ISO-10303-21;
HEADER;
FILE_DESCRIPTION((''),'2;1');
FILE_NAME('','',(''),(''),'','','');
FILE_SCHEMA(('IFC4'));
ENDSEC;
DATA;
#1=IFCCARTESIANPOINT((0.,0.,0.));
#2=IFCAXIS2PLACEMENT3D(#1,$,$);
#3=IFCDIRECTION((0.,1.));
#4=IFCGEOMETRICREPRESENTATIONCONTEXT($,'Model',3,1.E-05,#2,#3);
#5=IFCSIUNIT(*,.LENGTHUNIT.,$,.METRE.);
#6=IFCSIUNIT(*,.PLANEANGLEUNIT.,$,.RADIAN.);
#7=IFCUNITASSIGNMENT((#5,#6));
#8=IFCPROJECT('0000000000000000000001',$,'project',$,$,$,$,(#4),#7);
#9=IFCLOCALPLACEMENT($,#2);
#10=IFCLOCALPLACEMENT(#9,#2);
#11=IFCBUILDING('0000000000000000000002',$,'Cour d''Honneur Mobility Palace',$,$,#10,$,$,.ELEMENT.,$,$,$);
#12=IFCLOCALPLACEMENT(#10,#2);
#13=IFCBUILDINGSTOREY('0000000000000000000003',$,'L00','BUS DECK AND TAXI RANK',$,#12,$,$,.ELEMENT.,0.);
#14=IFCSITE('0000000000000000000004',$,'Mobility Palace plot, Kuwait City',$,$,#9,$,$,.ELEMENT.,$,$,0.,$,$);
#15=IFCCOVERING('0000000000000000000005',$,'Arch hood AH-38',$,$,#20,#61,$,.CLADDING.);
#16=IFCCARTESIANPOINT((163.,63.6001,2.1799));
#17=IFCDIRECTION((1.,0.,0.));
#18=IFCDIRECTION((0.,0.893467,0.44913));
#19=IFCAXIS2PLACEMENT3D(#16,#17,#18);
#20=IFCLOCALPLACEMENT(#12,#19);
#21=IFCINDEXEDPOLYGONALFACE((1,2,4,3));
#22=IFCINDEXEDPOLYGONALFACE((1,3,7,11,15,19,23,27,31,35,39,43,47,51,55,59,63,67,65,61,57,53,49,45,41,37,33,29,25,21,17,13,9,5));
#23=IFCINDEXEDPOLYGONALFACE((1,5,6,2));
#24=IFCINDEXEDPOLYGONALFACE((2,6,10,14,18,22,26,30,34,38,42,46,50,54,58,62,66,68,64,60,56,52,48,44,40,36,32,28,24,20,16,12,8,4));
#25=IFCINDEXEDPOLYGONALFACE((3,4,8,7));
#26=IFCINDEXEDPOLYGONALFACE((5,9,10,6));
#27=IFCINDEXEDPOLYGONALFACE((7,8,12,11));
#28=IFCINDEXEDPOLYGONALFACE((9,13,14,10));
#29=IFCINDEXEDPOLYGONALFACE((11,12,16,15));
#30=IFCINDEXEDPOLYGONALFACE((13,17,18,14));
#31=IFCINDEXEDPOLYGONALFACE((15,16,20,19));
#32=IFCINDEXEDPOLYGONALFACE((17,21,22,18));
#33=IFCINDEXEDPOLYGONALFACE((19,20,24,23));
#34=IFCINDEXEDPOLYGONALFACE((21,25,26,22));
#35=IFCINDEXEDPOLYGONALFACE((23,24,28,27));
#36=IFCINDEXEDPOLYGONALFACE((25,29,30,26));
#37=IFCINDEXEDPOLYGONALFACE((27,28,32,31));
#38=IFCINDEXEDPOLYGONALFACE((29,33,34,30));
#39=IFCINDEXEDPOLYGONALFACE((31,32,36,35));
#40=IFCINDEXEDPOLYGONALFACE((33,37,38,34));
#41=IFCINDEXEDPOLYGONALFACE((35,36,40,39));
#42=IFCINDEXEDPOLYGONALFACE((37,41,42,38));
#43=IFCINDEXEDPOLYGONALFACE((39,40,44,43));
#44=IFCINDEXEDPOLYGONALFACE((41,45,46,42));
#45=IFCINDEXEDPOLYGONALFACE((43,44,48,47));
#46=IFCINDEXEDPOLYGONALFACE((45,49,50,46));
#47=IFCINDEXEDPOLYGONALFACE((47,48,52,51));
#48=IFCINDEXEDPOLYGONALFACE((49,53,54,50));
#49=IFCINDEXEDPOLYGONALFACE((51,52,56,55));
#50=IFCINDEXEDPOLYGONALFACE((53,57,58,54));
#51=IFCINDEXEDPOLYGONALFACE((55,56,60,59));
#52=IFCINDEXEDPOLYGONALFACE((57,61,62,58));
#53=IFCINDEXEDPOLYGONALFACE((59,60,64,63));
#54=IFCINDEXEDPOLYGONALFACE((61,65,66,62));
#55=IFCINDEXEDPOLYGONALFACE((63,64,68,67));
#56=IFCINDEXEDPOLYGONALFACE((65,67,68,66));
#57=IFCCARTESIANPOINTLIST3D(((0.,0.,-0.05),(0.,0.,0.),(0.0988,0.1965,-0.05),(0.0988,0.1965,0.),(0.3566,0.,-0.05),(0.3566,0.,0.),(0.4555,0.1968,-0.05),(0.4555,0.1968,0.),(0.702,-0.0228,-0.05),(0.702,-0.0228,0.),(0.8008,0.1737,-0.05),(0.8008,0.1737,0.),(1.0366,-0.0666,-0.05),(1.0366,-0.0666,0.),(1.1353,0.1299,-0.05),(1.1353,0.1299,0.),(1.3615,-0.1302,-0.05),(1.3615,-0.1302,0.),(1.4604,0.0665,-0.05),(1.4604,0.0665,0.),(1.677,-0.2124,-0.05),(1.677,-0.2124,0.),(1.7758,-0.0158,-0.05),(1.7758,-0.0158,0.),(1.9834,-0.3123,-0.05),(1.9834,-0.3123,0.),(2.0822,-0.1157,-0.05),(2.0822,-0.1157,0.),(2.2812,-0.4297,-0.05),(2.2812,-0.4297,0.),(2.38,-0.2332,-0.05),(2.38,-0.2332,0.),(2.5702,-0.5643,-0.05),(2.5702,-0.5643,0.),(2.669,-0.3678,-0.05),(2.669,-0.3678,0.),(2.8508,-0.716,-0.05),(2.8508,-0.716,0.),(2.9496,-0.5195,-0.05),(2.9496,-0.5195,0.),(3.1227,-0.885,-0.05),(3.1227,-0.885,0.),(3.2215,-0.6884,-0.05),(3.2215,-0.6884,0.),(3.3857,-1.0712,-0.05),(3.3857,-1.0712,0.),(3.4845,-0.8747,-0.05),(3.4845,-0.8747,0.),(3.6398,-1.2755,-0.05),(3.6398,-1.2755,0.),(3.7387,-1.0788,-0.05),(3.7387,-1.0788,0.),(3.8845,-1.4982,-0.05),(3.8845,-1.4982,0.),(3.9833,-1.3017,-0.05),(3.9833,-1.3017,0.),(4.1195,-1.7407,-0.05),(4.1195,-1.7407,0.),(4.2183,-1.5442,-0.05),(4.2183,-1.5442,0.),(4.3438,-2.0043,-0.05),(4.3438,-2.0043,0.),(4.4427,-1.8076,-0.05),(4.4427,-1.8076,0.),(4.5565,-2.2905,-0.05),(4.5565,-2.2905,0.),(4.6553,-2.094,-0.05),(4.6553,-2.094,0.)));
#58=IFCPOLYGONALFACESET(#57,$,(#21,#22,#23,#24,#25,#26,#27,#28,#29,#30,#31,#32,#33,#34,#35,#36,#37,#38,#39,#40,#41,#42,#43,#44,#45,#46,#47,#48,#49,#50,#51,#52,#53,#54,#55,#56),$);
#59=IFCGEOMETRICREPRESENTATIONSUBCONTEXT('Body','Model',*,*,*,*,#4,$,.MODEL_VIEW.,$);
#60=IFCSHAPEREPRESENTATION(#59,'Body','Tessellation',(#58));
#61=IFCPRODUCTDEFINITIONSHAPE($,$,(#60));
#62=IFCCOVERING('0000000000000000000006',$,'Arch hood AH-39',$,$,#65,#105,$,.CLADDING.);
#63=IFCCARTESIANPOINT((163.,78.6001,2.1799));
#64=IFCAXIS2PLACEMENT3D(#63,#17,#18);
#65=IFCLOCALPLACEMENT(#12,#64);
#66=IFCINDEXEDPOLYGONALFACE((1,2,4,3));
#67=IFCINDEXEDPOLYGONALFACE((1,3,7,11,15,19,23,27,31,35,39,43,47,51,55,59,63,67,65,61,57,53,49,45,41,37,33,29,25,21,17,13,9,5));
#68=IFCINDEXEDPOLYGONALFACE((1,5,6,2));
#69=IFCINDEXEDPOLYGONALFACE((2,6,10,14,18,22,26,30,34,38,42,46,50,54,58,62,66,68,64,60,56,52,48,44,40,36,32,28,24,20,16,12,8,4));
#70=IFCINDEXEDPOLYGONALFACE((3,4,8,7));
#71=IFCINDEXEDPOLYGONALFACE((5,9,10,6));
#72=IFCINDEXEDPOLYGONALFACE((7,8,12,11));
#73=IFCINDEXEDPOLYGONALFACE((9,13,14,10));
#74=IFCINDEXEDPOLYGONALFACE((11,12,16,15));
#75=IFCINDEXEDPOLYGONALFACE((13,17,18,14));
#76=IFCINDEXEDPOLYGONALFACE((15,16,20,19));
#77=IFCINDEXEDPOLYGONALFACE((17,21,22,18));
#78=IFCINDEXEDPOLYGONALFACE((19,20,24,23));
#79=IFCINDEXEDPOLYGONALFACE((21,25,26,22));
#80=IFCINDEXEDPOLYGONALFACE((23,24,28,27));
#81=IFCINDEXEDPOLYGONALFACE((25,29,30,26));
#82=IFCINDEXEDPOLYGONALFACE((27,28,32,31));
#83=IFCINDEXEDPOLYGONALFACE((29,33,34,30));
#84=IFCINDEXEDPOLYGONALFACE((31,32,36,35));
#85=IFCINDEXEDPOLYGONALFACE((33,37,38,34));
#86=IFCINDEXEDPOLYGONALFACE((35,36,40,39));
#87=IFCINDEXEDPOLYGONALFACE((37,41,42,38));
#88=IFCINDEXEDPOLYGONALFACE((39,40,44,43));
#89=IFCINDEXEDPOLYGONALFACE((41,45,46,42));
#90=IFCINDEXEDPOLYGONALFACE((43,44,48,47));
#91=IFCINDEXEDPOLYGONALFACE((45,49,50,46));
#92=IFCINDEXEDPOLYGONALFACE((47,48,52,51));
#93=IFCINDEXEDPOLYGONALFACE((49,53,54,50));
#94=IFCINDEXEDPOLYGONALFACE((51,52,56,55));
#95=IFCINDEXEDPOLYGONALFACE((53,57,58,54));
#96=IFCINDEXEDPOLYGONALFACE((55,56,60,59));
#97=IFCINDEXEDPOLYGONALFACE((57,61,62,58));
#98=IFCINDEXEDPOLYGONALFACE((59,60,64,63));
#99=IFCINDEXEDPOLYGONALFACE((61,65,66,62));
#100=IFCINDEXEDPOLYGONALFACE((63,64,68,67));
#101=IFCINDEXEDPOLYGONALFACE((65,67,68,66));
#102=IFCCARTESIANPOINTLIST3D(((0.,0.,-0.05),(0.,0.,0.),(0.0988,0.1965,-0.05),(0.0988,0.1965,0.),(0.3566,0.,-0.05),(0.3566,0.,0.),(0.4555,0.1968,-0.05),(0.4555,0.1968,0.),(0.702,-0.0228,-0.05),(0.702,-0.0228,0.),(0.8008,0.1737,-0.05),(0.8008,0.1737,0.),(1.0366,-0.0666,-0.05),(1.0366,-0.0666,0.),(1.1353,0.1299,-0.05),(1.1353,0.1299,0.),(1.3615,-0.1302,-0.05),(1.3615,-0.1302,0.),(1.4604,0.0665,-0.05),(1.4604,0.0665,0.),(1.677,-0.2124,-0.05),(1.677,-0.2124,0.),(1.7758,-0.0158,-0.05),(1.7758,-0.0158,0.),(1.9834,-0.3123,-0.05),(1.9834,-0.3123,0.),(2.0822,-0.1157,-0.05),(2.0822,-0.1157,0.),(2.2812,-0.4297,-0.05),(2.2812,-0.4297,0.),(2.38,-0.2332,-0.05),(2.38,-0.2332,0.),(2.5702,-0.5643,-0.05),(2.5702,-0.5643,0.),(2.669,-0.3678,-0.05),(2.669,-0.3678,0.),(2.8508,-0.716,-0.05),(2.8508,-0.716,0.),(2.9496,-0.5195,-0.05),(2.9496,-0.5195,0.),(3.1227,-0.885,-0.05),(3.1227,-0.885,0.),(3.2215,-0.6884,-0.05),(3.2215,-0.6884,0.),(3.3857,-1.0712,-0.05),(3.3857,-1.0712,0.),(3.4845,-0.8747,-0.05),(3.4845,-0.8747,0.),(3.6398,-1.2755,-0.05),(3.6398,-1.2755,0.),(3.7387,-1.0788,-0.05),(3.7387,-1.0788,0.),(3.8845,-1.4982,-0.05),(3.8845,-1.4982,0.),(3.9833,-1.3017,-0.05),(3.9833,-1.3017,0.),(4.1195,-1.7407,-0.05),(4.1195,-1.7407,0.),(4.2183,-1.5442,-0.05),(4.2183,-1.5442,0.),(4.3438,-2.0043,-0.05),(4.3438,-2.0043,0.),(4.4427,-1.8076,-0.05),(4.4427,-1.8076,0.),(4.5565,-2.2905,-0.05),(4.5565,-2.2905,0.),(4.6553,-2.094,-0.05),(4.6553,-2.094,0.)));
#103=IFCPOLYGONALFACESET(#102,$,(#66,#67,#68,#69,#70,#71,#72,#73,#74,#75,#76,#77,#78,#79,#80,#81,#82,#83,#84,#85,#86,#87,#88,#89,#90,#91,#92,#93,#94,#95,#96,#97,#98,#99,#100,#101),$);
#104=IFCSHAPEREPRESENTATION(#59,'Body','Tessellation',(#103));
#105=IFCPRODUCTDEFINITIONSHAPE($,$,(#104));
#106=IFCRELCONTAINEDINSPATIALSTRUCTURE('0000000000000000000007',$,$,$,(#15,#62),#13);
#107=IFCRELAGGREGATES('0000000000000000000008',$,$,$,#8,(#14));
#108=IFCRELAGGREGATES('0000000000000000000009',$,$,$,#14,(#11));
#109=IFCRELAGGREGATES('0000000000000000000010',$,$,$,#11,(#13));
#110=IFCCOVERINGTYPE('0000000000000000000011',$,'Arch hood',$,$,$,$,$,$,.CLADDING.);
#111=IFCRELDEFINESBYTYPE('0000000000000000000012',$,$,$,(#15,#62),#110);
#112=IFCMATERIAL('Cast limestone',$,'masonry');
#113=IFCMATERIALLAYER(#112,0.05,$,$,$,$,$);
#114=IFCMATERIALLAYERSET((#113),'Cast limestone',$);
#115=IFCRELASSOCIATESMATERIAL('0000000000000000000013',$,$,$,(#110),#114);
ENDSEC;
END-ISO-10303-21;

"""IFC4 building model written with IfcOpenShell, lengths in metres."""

from ifc_helpers import new_model, si_unit, direction, frame, origin, place, context, subcontext, project, spatial, polyline, outline, extrude, material, layer, layer_set, type_object, element, save


model = new_model("IFC4")

# Units and contexts
model_context = context("Model", 3, precision=1e-05, world=origin(), true_north=direction((0.0, 1.0)))
body_context = subcontext(model_context, "Body", "Model", "MODEL_VIEW")
ifc_project = project(units=[si_unit("LENGTHUNIT", "METRE"), si_unit("PLANEANGLEUNIT", "RADIAN")], contexts=[model_context])

# Site, building, storey
site_placement = place(None, origin())
site = spatial("IfcSite", under=ifc_project, at=site_placement, Name="Mobility Palace plot, Kuwait City", CompositionType="ELEMENT", RefElevation=0.0)
building_placement = place(site_placement, origin())
building = spatial("IfcBuilding", under=site, at=building_placement, Name="Cour d'Honneur Mobility Palace", CompositionType="ELEMENT")
storey_placement = place(building_placement, origin())
storey = spatial("IfcBuildingStorey", under=building, at=storey_placement, Name="L00", Description="BUS DECK AND TAXI RANK", CompositionType="ELEMENT", Elevation=0.0)

# Coverings
ifc_material_1 = material(Name="Cast limestone", Category="masonry")
ifc_layer_1 = layer(ifc_material_1, 0.05)
ifc_layer_set_1 = layer_set([ifc_layer_1], Name="Cast limestone")
covering_type_1 = type_object("IfcCoveringType", Name="Arch hood", PredefinedType="CLADDING", material=ifc_layer_set_1)
for number, where, z_axis, x_axis, name in (
    (1, (163.0, 63.6001, 2.1799), (1.0, 0.0, 0.0), (0.0, 0.893467, 0.44913), "Arch hood AH-38"),
    (2, (163.0, 78.6001, 2.1799), (1.0, 0.0, 0.0), (0.0, 0.893467, 0.44913), "Arch hood AH-39"),
):
    element("IfcCovering", number, at=place(storey_placement, frame(where, z_axis=z_axis, x_axis=x_axis)), inside=storey, type_object=covering_type_1, Name=name, PredefinedType="CLADDING", context=body_context, shape_type="SweptSolid", body=[
        extrude(outline(polyline([(0.0, 0.0), (0.3566, 0.0), (0.702, -0.0228), (1.0366, -0.0666), (1.3615, -0.1302), (1.677, -0.2124), (1.9834, -0.3123), (2.2812, -0.4297), (2.5702, -0.5643), (2.8508, -0.716), (3.1227, -0.885), (3.3857, -1.0712), (3.6398, -1.2755), (3.8845, -1.4982), (4.1195, -1.7407), (4.3438, -2.0043), (4.5565, -2.2905), (4.6553, -2.094), (4.4427, -1.8076), (4.2183, -1.5442), (3.9833, -1.3017), (3.7387, -1.0788), (3.4845, -0.8747), (3.2215, -0.6884), (2.9496, -0.5195), (2.669, -0.3678), (2.38, -0.2332), (2.0822, -0.1157), (1.7758, -0.0158), (1.4604, 0.0665), (1.1353, 0.1299), (0.8008, 0.1737), (0.4555, 0.1968), (0.0988, 0.1965), (0.0, 0.0)])), origin(), (0.0, 0.0, -1.0), 0.05),
    ])

save(model, "model.ifc")
